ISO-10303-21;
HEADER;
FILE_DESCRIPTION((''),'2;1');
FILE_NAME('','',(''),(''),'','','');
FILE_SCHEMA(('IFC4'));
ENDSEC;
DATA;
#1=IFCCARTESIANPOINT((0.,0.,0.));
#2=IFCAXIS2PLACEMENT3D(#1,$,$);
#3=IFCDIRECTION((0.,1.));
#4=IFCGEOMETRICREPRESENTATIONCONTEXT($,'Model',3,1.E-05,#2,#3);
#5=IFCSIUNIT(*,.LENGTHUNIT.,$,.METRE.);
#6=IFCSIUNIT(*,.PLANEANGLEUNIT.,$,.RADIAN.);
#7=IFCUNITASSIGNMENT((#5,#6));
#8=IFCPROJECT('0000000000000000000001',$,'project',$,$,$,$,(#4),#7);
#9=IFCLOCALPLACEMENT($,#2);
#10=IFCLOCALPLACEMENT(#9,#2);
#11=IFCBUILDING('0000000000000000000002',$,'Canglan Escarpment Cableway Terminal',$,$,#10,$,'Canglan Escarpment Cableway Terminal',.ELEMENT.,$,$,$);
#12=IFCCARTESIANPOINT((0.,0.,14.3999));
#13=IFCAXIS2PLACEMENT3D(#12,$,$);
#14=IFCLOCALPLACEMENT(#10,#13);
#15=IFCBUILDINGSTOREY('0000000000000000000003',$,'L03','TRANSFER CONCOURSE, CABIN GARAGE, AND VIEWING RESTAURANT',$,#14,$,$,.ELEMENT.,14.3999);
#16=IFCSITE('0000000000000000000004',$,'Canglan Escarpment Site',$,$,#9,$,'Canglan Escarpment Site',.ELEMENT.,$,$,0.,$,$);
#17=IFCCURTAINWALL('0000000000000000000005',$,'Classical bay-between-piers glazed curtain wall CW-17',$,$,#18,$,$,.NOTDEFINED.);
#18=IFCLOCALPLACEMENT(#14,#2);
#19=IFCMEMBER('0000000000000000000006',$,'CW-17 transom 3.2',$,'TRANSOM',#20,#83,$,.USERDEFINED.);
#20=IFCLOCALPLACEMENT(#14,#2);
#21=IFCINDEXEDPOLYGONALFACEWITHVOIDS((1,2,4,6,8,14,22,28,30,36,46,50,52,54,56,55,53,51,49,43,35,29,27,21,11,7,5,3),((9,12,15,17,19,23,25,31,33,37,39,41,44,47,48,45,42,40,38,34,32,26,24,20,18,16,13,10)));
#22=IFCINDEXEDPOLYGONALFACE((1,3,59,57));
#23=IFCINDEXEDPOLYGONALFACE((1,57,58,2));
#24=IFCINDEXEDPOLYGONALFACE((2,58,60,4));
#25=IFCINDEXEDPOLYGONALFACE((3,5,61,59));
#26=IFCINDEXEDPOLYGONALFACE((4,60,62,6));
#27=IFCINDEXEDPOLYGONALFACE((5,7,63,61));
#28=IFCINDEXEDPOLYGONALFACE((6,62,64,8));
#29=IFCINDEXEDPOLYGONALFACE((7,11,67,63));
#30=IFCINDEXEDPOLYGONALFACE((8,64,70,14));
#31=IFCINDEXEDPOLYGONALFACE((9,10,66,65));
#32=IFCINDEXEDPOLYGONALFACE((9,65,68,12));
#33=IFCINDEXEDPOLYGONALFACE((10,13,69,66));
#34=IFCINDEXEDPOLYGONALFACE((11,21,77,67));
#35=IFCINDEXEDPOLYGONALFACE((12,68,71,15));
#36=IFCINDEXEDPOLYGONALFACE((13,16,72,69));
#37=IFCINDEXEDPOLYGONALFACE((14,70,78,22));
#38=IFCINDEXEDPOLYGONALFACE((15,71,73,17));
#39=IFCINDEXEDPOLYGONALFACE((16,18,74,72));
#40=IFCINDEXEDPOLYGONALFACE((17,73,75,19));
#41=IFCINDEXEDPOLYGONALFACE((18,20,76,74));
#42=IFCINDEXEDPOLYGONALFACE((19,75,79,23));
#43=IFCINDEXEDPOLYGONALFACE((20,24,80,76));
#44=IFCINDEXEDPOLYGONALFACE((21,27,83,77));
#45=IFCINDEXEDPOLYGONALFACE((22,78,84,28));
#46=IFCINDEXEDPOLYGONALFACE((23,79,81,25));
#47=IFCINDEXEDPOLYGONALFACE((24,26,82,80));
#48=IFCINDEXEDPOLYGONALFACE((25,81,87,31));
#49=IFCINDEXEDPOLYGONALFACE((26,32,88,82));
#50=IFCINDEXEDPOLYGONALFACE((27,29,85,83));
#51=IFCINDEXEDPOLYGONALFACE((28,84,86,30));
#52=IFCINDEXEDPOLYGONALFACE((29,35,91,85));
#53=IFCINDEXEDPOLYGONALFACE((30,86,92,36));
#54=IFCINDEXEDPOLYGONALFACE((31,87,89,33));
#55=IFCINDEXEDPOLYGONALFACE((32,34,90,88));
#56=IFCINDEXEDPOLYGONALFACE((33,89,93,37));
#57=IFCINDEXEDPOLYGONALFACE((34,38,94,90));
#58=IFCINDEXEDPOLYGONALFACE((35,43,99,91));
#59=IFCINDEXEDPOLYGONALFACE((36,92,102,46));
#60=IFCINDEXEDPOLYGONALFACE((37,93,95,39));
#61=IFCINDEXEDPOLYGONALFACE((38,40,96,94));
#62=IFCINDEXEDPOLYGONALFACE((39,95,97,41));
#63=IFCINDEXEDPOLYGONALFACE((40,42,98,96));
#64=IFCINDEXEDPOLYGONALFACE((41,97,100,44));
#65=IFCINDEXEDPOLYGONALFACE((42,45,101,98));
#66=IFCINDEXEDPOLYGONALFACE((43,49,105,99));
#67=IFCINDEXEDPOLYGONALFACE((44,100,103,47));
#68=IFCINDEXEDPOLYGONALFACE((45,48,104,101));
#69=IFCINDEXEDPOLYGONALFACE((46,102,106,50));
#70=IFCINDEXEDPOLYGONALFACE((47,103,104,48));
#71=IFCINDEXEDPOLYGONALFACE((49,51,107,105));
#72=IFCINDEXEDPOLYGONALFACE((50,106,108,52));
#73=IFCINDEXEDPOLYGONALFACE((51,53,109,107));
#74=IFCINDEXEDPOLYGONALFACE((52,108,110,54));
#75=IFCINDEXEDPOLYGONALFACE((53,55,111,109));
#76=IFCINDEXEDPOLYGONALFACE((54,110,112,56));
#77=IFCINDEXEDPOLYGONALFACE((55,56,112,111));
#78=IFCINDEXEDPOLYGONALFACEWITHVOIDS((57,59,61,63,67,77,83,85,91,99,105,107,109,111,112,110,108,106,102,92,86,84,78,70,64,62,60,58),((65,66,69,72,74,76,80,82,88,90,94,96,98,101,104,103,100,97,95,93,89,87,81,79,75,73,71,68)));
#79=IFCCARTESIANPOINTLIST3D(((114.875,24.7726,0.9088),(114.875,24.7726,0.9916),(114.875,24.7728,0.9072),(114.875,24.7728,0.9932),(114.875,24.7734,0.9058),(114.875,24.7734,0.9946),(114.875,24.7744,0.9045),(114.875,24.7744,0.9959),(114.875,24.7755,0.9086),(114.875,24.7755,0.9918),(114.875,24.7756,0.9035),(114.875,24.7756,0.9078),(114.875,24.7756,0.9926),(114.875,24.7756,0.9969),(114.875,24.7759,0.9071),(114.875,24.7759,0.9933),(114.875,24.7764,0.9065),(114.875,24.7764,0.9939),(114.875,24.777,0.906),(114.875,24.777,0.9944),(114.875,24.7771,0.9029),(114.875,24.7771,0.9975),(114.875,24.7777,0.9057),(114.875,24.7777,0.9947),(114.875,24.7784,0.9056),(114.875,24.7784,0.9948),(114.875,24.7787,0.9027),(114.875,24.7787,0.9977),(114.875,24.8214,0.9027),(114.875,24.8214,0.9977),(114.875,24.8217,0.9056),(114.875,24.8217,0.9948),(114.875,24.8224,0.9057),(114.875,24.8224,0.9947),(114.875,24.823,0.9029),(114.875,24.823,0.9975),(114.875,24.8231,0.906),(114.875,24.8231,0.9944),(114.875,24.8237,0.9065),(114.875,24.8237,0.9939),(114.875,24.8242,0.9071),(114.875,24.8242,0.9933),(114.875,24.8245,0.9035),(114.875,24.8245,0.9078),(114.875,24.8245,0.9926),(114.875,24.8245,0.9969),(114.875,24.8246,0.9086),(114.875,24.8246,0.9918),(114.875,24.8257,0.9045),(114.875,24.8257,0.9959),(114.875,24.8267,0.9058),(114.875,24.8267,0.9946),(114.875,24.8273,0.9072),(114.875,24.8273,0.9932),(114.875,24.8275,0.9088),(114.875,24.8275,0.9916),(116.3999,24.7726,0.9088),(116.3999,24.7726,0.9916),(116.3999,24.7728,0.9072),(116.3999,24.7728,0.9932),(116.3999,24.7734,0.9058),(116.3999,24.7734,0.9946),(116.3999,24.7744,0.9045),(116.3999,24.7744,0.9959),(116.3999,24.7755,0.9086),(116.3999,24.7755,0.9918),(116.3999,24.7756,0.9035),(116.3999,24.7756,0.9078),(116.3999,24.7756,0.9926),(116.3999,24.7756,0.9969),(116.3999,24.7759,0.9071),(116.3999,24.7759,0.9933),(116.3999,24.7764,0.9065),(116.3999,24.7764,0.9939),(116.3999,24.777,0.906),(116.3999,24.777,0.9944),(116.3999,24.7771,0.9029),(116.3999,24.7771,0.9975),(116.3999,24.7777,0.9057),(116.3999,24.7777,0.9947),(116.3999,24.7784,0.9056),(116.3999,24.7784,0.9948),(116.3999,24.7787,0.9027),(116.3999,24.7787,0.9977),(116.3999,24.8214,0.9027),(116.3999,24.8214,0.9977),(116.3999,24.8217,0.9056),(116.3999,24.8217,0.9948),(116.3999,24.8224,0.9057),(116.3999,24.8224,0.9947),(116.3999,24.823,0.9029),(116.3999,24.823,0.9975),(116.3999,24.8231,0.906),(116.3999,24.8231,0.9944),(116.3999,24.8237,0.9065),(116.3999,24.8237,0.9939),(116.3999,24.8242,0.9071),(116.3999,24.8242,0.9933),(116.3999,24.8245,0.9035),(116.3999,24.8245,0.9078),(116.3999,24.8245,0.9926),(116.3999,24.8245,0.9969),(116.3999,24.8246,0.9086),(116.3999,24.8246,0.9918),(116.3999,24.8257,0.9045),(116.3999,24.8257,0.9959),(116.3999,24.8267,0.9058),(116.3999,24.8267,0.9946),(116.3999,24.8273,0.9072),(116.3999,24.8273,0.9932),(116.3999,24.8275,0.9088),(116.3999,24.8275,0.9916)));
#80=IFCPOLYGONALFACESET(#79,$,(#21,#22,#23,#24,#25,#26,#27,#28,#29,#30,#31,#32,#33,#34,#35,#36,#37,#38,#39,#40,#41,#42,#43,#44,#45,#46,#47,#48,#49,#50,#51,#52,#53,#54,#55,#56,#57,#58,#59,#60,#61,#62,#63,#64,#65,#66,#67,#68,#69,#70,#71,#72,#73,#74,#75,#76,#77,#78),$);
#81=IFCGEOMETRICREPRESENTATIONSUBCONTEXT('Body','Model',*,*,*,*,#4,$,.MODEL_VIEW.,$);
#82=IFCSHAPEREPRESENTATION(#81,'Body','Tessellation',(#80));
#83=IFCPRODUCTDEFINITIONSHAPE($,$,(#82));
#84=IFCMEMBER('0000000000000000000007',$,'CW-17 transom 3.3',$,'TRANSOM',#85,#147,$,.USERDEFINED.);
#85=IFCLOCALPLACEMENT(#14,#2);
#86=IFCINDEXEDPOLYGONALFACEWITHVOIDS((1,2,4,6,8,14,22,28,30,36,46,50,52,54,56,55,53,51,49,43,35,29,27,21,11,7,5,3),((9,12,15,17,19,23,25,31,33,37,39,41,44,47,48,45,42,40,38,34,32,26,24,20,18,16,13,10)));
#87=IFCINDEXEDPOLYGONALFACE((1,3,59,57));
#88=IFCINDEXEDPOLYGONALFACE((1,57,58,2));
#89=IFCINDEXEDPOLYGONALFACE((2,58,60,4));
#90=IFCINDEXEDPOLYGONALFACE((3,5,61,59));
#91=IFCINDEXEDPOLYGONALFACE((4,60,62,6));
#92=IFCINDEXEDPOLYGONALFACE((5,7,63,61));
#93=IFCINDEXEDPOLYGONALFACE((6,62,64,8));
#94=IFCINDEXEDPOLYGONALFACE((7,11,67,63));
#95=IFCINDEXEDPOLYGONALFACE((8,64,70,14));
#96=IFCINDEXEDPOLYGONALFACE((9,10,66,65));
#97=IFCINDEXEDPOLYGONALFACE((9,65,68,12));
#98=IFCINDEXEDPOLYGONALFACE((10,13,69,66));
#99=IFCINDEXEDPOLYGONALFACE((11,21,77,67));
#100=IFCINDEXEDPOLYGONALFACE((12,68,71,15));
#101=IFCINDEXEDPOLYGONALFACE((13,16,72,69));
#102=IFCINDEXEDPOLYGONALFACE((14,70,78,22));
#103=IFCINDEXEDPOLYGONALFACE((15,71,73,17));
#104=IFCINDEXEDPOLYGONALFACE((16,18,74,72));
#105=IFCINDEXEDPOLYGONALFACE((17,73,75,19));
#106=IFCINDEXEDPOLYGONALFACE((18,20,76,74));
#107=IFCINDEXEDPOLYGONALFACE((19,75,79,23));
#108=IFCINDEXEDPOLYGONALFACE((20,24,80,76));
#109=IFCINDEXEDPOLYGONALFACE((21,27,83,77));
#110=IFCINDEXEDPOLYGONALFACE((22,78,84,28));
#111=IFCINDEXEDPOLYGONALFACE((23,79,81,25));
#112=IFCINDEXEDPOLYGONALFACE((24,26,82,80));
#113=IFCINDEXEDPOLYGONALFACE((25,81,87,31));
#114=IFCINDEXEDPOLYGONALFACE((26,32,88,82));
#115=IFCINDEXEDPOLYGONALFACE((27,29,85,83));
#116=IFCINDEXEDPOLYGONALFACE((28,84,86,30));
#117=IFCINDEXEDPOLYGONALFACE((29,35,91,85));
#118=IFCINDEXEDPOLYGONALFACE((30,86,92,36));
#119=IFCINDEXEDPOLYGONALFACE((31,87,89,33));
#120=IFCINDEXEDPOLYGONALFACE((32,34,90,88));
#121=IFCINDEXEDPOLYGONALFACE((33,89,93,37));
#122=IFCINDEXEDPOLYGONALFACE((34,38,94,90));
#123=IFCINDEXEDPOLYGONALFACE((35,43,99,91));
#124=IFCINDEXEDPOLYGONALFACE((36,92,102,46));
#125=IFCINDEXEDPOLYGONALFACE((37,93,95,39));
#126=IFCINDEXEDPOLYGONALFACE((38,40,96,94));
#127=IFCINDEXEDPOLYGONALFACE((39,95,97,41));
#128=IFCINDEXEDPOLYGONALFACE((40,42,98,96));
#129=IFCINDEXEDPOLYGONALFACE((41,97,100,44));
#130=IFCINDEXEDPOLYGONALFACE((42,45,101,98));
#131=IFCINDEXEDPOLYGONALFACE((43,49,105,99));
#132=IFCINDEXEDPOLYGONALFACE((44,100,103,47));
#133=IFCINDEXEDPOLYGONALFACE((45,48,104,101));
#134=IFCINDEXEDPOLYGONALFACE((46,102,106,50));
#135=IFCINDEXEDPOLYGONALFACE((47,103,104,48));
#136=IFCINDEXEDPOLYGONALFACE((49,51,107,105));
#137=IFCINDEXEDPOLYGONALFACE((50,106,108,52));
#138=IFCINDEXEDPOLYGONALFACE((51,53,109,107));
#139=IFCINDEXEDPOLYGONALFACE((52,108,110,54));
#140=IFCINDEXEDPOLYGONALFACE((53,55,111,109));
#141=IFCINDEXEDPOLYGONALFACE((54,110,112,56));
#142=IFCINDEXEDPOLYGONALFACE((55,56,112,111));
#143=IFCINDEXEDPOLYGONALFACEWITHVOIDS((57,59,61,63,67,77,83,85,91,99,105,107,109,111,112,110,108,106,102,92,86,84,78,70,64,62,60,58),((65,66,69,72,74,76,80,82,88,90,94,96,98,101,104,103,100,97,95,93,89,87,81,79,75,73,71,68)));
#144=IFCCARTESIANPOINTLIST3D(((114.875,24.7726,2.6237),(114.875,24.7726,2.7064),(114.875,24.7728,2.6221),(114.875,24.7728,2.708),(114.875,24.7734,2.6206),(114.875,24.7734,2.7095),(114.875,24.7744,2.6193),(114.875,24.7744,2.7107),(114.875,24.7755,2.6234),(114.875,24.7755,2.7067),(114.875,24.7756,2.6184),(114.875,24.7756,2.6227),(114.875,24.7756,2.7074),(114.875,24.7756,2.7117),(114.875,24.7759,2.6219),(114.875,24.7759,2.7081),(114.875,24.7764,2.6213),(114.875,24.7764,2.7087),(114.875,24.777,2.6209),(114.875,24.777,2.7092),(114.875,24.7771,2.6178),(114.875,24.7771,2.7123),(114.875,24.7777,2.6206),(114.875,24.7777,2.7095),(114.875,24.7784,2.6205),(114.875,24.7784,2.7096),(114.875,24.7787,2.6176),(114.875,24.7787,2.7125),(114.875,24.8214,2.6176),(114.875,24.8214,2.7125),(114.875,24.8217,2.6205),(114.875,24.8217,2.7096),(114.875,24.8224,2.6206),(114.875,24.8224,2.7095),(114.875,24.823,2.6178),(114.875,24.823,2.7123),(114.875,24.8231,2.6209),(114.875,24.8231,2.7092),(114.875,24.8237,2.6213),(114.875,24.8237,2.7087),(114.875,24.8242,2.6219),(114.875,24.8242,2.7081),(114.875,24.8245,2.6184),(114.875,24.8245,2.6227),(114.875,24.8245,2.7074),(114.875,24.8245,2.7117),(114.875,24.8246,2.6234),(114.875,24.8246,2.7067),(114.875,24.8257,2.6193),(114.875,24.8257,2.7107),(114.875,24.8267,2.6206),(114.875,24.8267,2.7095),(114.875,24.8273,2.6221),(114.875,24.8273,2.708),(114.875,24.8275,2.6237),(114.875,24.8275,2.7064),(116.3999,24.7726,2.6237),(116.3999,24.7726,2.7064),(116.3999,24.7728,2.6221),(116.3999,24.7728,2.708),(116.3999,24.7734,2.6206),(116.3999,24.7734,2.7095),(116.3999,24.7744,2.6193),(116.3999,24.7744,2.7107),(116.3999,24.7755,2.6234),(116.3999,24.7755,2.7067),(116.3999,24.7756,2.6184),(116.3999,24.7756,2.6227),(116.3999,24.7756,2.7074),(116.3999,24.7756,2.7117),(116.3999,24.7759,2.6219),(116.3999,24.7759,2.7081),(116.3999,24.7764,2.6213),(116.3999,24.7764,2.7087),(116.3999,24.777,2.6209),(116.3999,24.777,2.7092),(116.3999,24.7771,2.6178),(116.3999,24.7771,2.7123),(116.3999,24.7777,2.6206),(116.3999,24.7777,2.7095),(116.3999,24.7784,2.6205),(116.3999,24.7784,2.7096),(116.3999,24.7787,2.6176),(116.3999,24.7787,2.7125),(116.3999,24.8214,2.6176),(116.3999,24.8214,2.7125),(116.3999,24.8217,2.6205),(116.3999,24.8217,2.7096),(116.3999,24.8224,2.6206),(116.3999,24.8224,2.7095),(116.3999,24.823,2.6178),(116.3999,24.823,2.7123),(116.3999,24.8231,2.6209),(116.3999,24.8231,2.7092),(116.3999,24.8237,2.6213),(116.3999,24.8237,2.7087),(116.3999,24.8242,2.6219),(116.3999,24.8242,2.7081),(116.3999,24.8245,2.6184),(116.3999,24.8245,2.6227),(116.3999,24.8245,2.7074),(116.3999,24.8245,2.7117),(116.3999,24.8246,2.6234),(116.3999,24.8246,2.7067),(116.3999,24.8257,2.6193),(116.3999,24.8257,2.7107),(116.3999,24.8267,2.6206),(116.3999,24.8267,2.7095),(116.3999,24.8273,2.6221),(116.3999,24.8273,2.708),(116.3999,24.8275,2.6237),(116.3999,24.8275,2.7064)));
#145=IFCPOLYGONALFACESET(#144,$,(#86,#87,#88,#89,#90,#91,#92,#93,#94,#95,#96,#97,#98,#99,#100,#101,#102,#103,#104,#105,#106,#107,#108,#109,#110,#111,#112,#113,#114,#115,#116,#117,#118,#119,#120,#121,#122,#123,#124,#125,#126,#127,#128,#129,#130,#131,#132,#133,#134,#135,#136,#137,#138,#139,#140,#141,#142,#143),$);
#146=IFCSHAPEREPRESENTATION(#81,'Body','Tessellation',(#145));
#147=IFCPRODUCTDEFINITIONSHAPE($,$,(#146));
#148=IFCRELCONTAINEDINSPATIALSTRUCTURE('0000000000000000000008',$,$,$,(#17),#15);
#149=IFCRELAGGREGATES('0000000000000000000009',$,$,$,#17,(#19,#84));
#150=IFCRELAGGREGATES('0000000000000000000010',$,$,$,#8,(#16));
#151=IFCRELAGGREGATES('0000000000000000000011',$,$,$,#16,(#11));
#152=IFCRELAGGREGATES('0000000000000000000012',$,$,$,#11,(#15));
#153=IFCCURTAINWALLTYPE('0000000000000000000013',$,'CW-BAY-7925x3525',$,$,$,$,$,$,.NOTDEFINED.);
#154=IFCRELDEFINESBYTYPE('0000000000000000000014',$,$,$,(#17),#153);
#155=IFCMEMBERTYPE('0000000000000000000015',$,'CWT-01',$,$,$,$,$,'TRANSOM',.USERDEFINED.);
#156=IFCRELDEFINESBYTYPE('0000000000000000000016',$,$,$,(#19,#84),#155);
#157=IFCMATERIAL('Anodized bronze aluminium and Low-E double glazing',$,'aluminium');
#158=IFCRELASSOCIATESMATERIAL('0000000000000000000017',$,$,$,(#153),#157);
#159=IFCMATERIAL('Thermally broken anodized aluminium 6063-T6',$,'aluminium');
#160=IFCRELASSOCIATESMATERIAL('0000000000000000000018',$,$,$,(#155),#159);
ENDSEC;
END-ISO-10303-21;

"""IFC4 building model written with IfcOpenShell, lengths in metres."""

from ifc_helpers import new_model, si_unit, direction, frame, origin, origin_2d, place, context, subcontext, project, spatial, hollow_rectangle, extrude, material, material_profile, profile_set, type_object, element, aggregate, save


model = new_model("IFC4")

# Units and contexts
model_context = context("Model", 3, precision=1e-05, world=origin(), true_north=direction((0.0, 1.0)))
body_context = subcontext(model_context, "Body", "Model", "MODEL_VIEW")
ifc_project = project(units=[si_unit("LENGTHUNIT", "METRE"), si_unit("PLANEANGLEUNIT", "RADIAN")], contexts=[model_context])

# Site, building, storey
site_placement = place(None, origin())
site = spatial("IfcSite", under=ifc_project, at=site_placement, Name="Canglan Escarpment Site", LongName="Canglan Escarpment Site", CompositionType="ELEMENT", RefElevation=0.0)
building_placement = place(site_placement, origin())
building = spatial("IfcBuilding", under=site, at=building_placement, Name="Canglan Escarpment Cableway Terminal", LongName="Canglan Escarpment Cableway Terminal", CompositionType="ELEMENT")
storey_placement = place(building_placement, frame((0.0, 0.0, 14.3999)))
storey = spatial("IfcBuildingStorey", under=building, at=storey_placement, Name="L03", Description="TRANSFER CONCOURSE, CABIN GARAGE, AND VIEWING RESTAURANT", CompositionType="ELEMENT", Elevation=14.3999)

# Curtain wall, members
ifc_material_1 = material(Name="Anodized bronze aluminium and Low-E double glazing", Category="aluminium")
curtain_wall_type = type_object("IfcCurtainWallType", Name="CW-BAY-7925x3525", PredefinedType="NOTDEFINED", material=ifc_material_1)
curtain_wall_placement = place(storey_placement, origin())
curtain_wall = element("IfcCurtainWall", 1, at=curtain_wall_placement, inside=storey, type_object=curtain_wall_type, Name="Classical bay-between-piers glazed curtain wall CW-17", PredefinedType="NOTDEFINED")
ifc_material_2 = material(Name="Thermally broken anodized aluminium 6063-T6", Category="aluminium")
ifc_material_profile_1 = material_profile(ifc_material_2, hollow_rectangle(XDim=0.0549, YDim=0.095, WallThickness=0.0029, InnerFilletRadius=0.0029, OuterFilletRadius=0.0061, at=origin_2d()), Name="ALU-TRAN 55x95x3")
ifc_profile_set_1 = profile_set([ifc_material_profile_1], Name="Thermally broken anodized aluminium 6063-T6")
member_type_1 = type_object("IfcMemberType", Name="CWT-01", ElementType="TRANSOM", PredefinedType="USERDEFINED", material=ifc_profile_set_1)
member_1_placement = place(storey_placement, frame((116.3999, 24.8, 0.9502), z_axis=(-1.0, 0.0, 0.0), x_axis=(0.0, -1.0, 0.0)))
member_1 = element("IfcMember", 2, at=member_1_placement, type_object=member_type_1, Name="CW-17 transom 3.2", ObjectType="TRANSOM", PredefinedType="USERDEFINED", context=body_context, shape_type="SweptSolid", body=[
    extrude(hollow_rectangle(XDim=0.0549, YDim=0.095, WallThickness=0.0029, InnerFilletRadius=0.0029, OuterFilletRadius=0.0061, at=origin_2d()), origin(), (0.0, 0.0, 1.0), 1.5249),
])
member_2_placement = place(storey_placement, frame((116.3999, 24.8, 2.665), z_axis=(-1.0, 0.0, 0.0), x_axis=(0.0, -1.0, 0.0)))
member_2 = element("IfcMember", 3, at=member_2_placement, type_object=member_type_1, Name="CW-17 transom 3.3", ObjectType="TRANSOM", PredefinedType="USERDEFINED", context=body_context, shape_type="SweptSolid", body=[
    extrude(hollow_rectangle(XDim=0.0549, YDim=0.095, WallThickness=0.0029, InnerFilletRadius=0.0029, OuterFilletRadius=0.0061, at=origin_2d()), origin(), (0.0, 0.0, 1.0), 1.5249),
])
aggregate(curtain_wall, [member_1, member_2])

save(model, "model.ifc")
